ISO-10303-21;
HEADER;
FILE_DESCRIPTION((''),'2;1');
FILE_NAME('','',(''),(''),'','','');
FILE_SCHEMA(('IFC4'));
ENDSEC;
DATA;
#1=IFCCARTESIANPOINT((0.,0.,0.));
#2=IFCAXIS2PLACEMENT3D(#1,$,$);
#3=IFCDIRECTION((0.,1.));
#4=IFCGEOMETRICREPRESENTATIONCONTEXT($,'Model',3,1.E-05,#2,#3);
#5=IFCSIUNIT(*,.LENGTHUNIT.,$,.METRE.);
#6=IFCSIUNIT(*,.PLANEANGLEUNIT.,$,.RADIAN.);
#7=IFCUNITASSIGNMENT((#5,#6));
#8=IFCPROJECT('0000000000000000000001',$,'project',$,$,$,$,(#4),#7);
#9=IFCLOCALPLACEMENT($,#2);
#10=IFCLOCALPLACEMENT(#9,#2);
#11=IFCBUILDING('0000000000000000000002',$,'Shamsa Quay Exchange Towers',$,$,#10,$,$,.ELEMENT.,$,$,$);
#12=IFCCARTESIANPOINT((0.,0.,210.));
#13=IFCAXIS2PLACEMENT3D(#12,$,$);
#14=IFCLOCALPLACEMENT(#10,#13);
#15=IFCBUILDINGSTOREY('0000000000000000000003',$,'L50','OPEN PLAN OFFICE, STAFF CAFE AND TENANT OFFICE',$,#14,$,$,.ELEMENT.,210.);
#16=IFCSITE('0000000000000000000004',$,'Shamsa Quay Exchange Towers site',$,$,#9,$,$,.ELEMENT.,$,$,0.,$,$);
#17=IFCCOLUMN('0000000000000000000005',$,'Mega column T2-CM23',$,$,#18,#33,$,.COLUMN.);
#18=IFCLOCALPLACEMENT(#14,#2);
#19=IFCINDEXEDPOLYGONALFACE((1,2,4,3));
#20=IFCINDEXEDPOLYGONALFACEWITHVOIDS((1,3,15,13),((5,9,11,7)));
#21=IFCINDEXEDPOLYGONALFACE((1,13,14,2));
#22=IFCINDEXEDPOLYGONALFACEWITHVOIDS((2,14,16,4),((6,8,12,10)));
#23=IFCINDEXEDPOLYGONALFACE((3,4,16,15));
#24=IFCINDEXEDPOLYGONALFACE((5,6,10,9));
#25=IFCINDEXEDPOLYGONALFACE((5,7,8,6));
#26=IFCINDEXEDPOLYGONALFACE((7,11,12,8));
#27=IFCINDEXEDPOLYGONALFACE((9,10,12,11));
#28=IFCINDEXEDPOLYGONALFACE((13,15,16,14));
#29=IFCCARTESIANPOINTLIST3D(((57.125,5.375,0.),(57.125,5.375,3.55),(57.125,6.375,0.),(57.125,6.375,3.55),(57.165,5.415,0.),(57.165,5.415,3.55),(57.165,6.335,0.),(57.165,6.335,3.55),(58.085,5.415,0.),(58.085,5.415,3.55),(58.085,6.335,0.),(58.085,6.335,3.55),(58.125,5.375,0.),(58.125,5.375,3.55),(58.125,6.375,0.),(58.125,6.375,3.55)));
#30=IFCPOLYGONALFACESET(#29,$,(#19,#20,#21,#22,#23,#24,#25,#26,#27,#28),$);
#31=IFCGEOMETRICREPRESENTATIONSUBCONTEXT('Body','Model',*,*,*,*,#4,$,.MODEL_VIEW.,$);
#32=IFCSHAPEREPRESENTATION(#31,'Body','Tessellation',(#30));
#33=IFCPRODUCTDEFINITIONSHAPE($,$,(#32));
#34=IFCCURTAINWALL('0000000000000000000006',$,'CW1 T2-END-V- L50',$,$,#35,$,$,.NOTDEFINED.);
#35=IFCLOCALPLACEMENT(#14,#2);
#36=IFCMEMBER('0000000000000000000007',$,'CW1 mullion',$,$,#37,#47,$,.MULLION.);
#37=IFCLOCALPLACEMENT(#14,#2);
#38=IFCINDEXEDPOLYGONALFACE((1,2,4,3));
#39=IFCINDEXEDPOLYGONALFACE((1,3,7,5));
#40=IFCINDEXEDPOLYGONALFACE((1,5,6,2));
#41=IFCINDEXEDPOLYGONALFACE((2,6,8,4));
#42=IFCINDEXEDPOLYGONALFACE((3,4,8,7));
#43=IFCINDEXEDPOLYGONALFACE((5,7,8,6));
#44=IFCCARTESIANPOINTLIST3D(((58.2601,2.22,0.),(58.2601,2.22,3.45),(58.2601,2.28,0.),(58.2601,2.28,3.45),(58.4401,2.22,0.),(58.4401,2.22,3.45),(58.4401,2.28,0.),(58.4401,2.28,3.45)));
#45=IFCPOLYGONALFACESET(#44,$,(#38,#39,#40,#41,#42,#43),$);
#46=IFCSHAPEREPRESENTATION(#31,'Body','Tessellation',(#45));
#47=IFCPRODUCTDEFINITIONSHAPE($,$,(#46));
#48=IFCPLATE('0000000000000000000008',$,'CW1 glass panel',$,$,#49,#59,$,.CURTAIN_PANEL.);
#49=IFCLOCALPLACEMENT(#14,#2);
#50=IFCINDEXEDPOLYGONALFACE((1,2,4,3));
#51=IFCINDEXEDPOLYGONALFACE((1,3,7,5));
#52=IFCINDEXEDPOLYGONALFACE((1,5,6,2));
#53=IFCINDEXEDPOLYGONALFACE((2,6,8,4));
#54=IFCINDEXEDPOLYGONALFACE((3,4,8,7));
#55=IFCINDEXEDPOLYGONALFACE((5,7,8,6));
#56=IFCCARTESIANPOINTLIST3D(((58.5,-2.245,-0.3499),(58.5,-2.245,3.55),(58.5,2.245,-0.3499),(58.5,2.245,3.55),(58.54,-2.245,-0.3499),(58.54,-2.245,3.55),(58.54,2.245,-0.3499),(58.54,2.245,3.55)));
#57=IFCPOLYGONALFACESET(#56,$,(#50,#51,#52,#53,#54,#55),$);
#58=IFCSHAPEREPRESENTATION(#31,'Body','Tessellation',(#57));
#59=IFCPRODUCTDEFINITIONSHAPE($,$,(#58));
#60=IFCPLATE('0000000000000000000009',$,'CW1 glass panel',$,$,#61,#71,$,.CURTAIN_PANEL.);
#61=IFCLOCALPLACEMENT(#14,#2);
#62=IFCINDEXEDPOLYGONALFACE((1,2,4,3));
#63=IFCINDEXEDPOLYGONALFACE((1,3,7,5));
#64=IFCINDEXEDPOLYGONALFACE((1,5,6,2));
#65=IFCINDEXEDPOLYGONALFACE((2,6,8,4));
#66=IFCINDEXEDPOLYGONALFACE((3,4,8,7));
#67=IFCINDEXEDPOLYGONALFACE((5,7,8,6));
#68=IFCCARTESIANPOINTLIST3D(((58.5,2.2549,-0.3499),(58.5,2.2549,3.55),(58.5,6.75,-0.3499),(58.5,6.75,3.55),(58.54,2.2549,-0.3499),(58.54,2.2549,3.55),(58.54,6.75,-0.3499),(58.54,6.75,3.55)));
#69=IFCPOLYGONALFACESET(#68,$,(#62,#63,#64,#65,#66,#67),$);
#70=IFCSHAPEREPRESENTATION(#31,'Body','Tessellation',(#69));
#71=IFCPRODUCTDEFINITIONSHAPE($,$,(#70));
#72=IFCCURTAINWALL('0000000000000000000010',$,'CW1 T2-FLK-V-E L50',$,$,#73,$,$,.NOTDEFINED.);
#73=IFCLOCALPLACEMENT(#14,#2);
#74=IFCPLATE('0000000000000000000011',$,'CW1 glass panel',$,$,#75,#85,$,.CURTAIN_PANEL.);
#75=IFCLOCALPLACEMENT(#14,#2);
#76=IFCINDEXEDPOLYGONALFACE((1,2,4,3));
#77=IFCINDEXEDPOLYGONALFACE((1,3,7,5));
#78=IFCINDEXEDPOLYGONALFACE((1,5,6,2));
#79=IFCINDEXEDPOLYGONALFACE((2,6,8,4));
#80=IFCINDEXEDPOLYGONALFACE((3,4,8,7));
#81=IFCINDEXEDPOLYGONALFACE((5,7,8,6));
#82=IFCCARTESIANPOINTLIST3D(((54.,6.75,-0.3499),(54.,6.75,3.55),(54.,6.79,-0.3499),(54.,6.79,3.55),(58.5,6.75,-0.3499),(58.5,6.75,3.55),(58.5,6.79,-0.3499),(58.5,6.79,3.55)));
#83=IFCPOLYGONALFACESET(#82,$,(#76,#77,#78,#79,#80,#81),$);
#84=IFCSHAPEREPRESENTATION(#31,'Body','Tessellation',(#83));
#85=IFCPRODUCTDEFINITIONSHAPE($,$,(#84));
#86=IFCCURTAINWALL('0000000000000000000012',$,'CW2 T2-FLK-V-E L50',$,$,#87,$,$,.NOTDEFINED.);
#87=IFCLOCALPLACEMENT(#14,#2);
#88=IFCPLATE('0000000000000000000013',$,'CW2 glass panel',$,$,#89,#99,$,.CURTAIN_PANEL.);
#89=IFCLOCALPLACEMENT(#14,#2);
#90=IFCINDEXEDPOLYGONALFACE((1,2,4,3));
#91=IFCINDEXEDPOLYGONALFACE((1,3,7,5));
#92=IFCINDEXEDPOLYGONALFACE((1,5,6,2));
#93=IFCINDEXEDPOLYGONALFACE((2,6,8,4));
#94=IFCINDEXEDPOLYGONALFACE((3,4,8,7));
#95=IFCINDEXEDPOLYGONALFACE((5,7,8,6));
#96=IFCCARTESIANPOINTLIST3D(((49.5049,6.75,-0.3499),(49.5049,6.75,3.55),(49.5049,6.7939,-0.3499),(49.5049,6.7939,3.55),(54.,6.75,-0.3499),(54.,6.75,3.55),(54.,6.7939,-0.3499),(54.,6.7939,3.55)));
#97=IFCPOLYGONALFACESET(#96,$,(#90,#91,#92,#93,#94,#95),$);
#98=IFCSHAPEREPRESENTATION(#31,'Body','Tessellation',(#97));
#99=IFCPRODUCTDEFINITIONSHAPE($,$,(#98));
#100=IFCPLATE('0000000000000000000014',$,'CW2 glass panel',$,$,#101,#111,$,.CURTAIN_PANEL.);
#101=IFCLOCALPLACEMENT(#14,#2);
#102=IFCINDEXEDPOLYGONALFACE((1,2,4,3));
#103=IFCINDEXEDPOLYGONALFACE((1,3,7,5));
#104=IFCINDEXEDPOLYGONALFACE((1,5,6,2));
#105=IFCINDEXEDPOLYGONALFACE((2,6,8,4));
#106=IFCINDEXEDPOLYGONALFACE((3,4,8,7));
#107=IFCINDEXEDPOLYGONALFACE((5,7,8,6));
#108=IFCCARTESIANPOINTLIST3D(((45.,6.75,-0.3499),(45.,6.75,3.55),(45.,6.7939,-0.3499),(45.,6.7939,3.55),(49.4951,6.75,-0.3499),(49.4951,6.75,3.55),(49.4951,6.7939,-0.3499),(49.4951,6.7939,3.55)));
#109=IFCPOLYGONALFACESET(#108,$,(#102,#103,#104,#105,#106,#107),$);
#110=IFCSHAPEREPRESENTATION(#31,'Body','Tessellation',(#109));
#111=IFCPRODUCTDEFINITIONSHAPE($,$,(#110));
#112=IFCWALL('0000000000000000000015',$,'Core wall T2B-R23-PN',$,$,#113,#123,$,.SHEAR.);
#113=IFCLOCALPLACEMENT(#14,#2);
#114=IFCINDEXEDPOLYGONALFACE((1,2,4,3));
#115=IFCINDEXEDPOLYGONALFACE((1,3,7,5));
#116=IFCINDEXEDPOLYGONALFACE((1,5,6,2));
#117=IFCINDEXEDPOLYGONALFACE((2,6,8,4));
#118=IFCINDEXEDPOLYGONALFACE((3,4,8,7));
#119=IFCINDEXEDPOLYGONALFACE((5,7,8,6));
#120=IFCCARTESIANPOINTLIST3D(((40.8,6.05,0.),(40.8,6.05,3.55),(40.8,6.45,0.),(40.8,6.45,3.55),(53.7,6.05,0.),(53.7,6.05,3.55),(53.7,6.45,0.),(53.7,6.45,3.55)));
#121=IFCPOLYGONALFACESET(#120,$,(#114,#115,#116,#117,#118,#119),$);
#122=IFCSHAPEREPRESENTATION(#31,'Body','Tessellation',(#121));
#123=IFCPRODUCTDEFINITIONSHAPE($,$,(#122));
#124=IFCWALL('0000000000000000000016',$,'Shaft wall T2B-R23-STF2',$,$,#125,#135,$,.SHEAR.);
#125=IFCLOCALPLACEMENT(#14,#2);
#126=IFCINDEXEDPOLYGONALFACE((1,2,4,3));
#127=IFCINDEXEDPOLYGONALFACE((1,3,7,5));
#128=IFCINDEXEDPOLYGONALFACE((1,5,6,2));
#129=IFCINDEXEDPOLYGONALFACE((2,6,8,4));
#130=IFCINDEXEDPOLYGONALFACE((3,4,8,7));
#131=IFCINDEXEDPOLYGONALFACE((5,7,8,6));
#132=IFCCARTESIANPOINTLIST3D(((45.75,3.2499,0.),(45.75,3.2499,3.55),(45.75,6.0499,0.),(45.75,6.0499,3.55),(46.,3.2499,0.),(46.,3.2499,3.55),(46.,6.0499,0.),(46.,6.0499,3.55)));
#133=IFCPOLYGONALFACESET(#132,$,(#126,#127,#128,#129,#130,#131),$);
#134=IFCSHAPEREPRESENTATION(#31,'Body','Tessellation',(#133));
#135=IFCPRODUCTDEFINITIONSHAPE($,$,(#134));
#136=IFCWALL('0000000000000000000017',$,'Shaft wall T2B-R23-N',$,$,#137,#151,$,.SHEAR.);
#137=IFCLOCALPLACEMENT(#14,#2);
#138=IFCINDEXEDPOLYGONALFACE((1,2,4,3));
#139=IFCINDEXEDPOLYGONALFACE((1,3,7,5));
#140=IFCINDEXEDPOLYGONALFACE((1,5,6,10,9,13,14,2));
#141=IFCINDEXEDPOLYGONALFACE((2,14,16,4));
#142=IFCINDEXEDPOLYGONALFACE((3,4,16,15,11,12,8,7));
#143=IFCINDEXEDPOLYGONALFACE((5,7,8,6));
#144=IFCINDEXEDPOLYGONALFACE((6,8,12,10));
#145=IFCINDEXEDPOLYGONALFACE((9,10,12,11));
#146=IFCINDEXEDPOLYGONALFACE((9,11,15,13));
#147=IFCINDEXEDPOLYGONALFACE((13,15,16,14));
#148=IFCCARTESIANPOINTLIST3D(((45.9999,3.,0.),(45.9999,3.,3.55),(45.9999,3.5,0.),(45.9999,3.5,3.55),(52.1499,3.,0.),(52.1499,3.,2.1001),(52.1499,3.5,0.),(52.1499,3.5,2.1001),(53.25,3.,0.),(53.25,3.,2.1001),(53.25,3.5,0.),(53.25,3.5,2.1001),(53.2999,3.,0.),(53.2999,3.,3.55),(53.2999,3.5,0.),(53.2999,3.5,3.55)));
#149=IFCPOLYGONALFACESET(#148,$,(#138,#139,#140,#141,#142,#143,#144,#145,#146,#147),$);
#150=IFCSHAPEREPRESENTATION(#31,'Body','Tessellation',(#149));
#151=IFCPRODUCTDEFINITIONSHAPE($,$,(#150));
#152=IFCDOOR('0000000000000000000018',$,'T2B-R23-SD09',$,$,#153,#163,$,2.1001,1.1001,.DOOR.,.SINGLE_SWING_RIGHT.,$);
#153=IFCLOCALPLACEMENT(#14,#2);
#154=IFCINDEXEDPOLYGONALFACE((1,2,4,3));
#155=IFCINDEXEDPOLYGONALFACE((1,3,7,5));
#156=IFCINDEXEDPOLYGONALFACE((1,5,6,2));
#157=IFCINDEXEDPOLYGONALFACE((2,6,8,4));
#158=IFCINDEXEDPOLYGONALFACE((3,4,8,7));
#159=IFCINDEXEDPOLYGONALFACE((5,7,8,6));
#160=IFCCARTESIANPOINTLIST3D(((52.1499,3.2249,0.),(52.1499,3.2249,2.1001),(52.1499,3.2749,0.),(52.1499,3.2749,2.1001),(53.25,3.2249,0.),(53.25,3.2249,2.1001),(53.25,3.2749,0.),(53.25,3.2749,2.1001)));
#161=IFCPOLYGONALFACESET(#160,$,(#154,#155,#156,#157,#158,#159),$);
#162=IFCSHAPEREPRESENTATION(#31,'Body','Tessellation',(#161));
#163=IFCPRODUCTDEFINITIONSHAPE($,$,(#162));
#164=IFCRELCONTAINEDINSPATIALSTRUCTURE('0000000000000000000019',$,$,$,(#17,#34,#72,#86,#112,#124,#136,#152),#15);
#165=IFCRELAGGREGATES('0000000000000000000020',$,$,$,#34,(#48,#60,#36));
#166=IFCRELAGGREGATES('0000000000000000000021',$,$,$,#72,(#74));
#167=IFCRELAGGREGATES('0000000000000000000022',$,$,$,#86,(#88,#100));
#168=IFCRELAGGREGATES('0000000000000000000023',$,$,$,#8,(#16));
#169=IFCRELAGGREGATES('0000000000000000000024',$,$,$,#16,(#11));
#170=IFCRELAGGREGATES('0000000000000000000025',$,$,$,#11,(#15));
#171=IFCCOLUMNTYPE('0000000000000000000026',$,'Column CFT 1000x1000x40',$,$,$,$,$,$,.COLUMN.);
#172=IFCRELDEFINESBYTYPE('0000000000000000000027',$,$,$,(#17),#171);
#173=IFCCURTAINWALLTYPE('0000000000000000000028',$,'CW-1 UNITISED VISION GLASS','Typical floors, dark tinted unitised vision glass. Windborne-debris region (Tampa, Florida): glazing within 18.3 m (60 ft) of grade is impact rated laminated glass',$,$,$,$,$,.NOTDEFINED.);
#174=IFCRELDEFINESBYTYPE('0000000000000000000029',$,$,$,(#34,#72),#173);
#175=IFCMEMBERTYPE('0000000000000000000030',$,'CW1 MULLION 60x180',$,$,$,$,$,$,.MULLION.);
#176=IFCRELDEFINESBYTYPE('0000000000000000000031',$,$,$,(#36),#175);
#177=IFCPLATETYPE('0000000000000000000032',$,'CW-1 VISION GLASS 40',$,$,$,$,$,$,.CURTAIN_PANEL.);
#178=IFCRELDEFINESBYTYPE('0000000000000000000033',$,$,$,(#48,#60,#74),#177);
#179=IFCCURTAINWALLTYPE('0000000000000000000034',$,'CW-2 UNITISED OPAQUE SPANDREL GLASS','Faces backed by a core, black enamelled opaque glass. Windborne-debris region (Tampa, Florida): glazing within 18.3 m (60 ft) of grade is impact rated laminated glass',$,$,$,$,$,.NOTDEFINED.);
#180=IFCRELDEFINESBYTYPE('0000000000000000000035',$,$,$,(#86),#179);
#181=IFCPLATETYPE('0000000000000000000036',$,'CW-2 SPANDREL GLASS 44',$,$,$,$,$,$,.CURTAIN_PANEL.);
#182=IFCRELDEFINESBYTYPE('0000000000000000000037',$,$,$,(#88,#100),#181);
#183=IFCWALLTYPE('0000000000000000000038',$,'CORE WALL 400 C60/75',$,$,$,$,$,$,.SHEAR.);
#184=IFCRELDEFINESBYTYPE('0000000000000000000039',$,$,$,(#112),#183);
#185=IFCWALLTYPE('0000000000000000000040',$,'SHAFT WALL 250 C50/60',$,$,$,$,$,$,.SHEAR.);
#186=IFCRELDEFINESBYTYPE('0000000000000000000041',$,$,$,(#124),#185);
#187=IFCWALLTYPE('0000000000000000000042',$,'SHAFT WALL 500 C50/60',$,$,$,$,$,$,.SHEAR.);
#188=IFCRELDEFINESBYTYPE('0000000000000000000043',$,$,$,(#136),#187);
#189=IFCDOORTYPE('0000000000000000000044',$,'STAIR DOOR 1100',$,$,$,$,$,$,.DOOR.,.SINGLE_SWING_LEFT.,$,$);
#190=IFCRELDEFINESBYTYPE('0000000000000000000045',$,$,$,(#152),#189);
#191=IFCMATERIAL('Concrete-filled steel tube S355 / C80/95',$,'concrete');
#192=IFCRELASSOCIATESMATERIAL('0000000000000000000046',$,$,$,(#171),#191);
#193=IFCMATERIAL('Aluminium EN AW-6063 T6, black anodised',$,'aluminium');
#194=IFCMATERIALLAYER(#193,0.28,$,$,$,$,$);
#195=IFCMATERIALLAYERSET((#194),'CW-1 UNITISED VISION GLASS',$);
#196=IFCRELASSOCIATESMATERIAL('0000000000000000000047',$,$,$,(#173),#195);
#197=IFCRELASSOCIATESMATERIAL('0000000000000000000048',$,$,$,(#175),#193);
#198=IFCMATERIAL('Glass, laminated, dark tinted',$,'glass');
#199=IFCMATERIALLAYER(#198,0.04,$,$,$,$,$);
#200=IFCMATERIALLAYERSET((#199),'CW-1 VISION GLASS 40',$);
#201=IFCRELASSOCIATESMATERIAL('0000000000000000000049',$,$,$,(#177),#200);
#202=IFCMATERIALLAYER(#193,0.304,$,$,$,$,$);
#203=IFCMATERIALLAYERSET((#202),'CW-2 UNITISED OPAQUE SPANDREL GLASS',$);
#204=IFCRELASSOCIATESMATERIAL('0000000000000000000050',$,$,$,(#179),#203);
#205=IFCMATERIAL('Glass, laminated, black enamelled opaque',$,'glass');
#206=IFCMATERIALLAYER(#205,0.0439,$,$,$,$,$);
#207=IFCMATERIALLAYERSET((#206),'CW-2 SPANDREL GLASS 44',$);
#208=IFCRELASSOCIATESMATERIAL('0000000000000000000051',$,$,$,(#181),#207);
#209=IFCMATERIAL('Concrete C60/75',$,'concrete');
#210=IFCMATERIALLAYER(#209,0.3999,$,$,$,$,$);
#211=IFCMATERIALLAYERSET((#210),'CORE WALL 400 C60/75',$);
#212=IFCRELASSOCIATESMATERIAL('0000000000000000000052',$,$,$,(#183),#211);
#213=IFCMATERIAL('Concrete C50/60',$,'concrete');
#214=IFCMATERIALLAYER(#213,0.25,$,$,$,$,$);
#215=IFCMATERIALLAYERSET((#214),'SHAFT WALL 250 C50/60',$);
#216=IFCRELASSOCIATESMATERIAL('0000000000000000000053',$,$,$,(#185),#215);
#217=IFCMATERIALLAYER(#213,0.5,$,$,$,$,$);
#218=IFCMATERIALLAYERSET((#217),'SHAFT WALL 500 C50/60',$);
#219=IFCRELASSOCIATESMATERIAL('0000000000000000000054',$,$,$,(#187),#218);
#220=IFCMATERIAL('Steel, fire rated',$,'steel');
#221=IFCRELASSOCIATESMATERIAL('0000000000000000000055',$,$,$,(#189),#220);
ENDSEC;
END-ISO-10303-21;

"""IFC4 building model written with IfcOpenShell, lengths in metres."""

from ifc_helpers import new_model, si_unit, direction, frame, frame_2d, origin, origin_2d, place, context, subcontext, project, spatial, rectangle, hollow_rectangle, extrude, material, layer, layer_set, material_profile, profile_set, type_object, element, fill, aggregate, save


model = new_model("IFC4")

# Units and contexts
model_context = context("Model", 3, precision=1e-05, world=origin(), true_north=direction((0.0, 1.0)))
body_context = subcontext(model_context, "Body", "Model", "MODEL_VIEW")
ifc_project = project(units=[si_unit("LENGTHUNIT", "METRE"), si_unit("PLANEANGLEUNIT", "RADIAN")], contexts=[model_context])

# Site, building, storey
site_placement = place(None, origin())
site = spatial("IfcSite", under=ifc_project, at=site_placement, Name="Shamsa Quay Exchange Towers site", CompositionType="ELEMENT", RefElevation=0.0)
building_placement = place(site_placement, origin())
building = spatial("IfcBuilding", under=site, at=building_placement, Name="Shamsa Quay Exchange Towers", CompositionType="ELEMENT")
storey_placement = place(building_placement, frame((0.0, 0.0, 210.0)))
storey = spatial("IfcBuildingStorey", under=building, at=storey_placement, Name="L50", Description="OPEN PLAN OFFICE, STAFF CAFE AND TENANT OFFICE", CompositionType="ELEMENT", Elevation=210.0)

# Column
ifc_material_1 = material(Name="Concrete-filled steel tube S355 / C80/95", Category="concrete")
ifc_material_profile_1 = material_profile(ifc_material_1, hollow_rectangle(XDim=1.0, YDim=1.0, WallThickness=0.04, at=origin_2d()), Name="CFT 1000x1000x40")
ifc_profile_set_1 = profile_set([ifc_material_profile_1], Name="Concrete-filled steel tube S355 / C80/95")
column_type = type_object("IfcColumnType", Name="Column CFT 1000x1000x40", PredefinedType="COLUMN", material=ifc_profile_set_1)
column_placement = place(storey_placement, frame((57.625, 5.875, 0.0)))
element("IfcColumn", 1, at=column_placement, inside=storey, type_object=column_type, Name="Mega column T2-CM23", PredefinedType="COLUMN", context=body_context, shape_type="SweptSolid", body=[
    extrude(hollow_rectangle(XDim=1.0, YDim=1.0, WallThickness=0.04, at=origin_2d()), origin(), (0.0, 0.0, 1.0), 3.55),
])

# Curtain wall, member, plates
ifc_material_2 = material(Name="Aluminium EN AW-6063 T6, black anodised", Category="aluminium")
ifc_layer_1 = layer(ifc_material_2, 0.28)
ifc_layer_set_1 = layer_set([ifc_layer_1], Name="CW-1 UNITISED VISION GLASS")
curtain_wall_type_1 = type_object("IfcCurtainWallType", Name="CW-1 UNITISED VISION GLASS", Description="Typical floors, dark tinted unitised vision glass. Windborne-debris region (Tampa, Florida): glazing within 18.3 m (60 ft) of grade is impact rated laminated glass", PredefinedType="NOTDEFINED", material=ifc_layer_set_1)
curtain_wall_1_placement = place(storey_placement, origin())
curtain_wall_1 = element("IfcCurtainWall", 2, at=curtain_wall_1_placement, inside=storey, type_object=curtain_wall_type_1, Name="CW1 T2-END-V- L50", PredefinedType="NOTDEFINED")
ifc_material_profile_2 = material_profile(ifc_material_2, rectangle(XDim=0.1799, YDim=0.0601, at=origin_2d()), Name="MU60x180")
ifc_profile_set_2 = profile_set([ifc_material_profile_2], Name="Aluminium EN AW-6063 T6, black anodised")
member_type = type_object("IfcMemberType", Name="CW1 MULLION 60x180", PredefinedType="MULLION", material=ifc_profile_set_2)
member_placement = place(storey_placement, frame((58.3501, 2.25, 0.0), z_axis=(0.0, 0.0, 1.0), x_axis=(-1.0, 0.0, 0.0)))
member = element("IfcMember", 3, at=member_placement, type_object=member_type, Name="CW1 mullion", PredefinedType="MULLION", context=body_context, shape_type="SweptSolid", body=[
    extrude(rectangle(XDim=0.1799, YDim=0.0601, at=origin_2d()), origin(), (0.0, 0.0, 1.0), 3.45),
])
ifc_material_3 = material(Name="Glass, laminated, dark tinted", Category="glass")
ifc_layer_2 = layer(ifc_material_3, 0.04)
ifc_layer_set_2 = layer_set([ifc_layer_2], Name="CW-1 VISION GLASS 40")
plate_type_1 = type_object("IfcPlateType", Name="CW-1 VISION GLASS 40", PredefinedType="CURTAIN_PANEL", material=ifc_layer_set_2)
plate_1_placement = place(storey_placement, frame((58.52, 0.0, -0.3499), z_axis=(0.0, 0.0, 1.0), x_axis=(0.0, 1.0, 0.0)))
plate_1 = element("IfcPlate", 4, at=plate_1_placement, type_object=plate_type_1, Name="CW1 glass panel", PredefinedType="CURTAIN_PANEL", context=body_context, shape_type="SweptSolid", body=[
    extrude(rectangle(XDim=4.49, YDim=0.04, at=origin_2d()), origin(), (0.0, 0.0, 1.0), 3.8999),
])
plate_2_placement = place(storey_placement, frame((58.52, 4.5024, -0.3499), z_axis=(0.0, 0.0, 1.0), x_axis=(0.0, 1.0, 0.0)))
plate_2 = element("IfcPlate", 5, at=plate_2_placement, type_object=plate_type_1, Name="CW1 glass panel", PredefinedType="CURTAIN_PANEL", context=body_context, shape_type="SweptSolid", body=[
    extrude(rectangle(XDim=4.4951, YDim=0.04, at=origin_2d()), origin(), (0.0, 0.0, 1.0), 3.8999),
])
aggregate(curtain_wall_1, [plate_1, plate_2, member])

# Curtain wall, plate
curtain_wall_2_placement = place(storey_placement, origin())
curtain_wall_2 = element("IfcCurtainWall", 6, at=curtain_wall_2_placement, inside=storey, type_object=curtain_wall_type_1, Name="CW1 T2-FLK-V-E L50", PredefinedType="NOTDEFINED")
plate_3_placement = place(storey_placement, frame((56.25, 6.77, -0.3499), z_axis=(0.0, 0.0, 1.0), x_axis=(-1.0, 0.0, 0.0)))
plate_3 = element("IfcPlate", 7, at=plate_3_placement, type_object=plate_type_1, Name="CW1 glass panel", PredefinedType="CURTAIN_PANEL", context=body_context, shape_type="SweptSolid", body=[
    extrude(rectangle(XDim=4.5, YDim=0.04, at=origin_2d()), origin(), (0.0, 0.0, 1.0), 3.8999),
])
aggregate(curtain_wall_2, [plate_3])

# Curtain wall, plates
ifc_layer_3 = layer(ifc_material_2, 0.304)
ifc_layer_set_3 = layer_set([ifc_layer_3], Name="CW-2 UNITISED OPAQUE SPANDREL GLASS")
curtain_wall_type_2 = type_object("IfcCurtainWallType", Name="CW-2 UNITISED OPAQUE SPANDREL GLASS", Description="Faces backed by a core, black enamelled opaque glass. Windborne-debris region (Tampa, Florida): glazing within 18.3 m (60 ft) of grade is impact rated laminated glass", PredefinedType="NOTDEFINED", material=ifc_layer_set_3)
curtain_wall_3_placement = place(storey_placement, origin())
curtain_wall_3 = element("IfcCurtainWall", 8, at=curtain_wall_3_placement, inside=storey, type_object=curtain_wall_type_2, Name="CW2 T2-FLK-V-E L50", PredefinedType="NOTDEFINED")
ifc_material_4 = material(Name="Glass, laminated, black enamelled opaque", Category="glass")
ifc_layer_4 = layer(ifc_material_4, 0.0439)
ifc_layer_set_4 = layer_set([ifc_layer_4], Name="CW-2 SPANDREL GLASS 44")
plate_type_2 = type_object("IfcPlateType", Name="CW-2 SPANDREL GLASS 44", PredefinedType="CURTAIN_PANEL", material=ifc_layer_set_4)
plate_4_placement = place(storey_placement, frame((51.7524, 6.772, -0.3499), z_axis=(0.0, 0.0, 1.0), x_axis=(-1.0, 0.0, 0.0)))
plate_4 = element("IfcPlate", 9, at=plate_4_placement, type_object=plate_type_2, Name="CW2 glass panel", PredefinedType="CURTAIN_PANEL", context=body_context, shape_type="SweptSolid", body=[
    extrude(rectangle(XDim=4.4951, YDim=0.0439, at=origin_2d()), origin(), (0.0, 0.0, 1.0), 3.8999),
])
plate_5_placement = place(storey_placement, frame((47.2476, 6.772, -0.3499), z_axis=(0.0, 0.0, 1.0), x_axis=(-1.0, 0.0, 0.0)))
plate_5 = element("IfcPlate", 10, at=plate_5_placement, type_object=plate_type_2, Name="CW2 glass panel", PredefinedType="CURTAIN_PANEL", context=body_context, shape_type="SweptSolid", body=[
    extrude(rectangle(XDim=4.4951, YDim=0.0439, at=origin_2d()), origin(), (0.0, 0.0, 1.0), 3.8999),
])
aggregate(curtain_wall_3, [plate_4, plate_5])

# Walls
ifc_material_5 = material(Name="Concrete C60/75", Category="concrete")
ifc_layer_5 = layer(ifc_material_5, 0.3999)
ifc_layer_set_5 = layer_set([ifc_layer_5], Name="CORE WALL 400 C60/75")
wall_type_1 = type_object("IfcWallType", Name="CORE WALL 400 C60/75", PredefinedType="SHEAR", material=ifc_layer_set_5)
wall_1_placement = place(storey_placement, frame((53.7, 6.25, 0.0), z_axis=(0.0, 0.0, 1.0), x_axis=(-1.0, 0.0, 0.0)))
element("IfcWall", 11, at=wall_1_placement, inside=storey, type_object=wall_type_1, Name="Core wall T2B-R23-PN", PredefinedType="SHEAR", context=body_context, shape_type="SweptSolid", body=[
    extrude(rectangle(XDim=12.8999, YDim=0.3999, at=frame_2d((6.45, 0.0))), origin(), (0.0, 0.0, 1.0), 3.55),
])
ifc_material_6 = material(Name="Concrete C50/60", Category="concrete")
ifc_layer_6 = layer(ifc_material_6, 0.25)
ifc_layer_set_6 = layer_set([ifc_layer_6], Name="SHAFT WALL 250 C50/60")
wall_type_2 = type_object("IfcWallType", Name="SHAFT WALL 250 C50/60", PredefinedType="SHEAR", material=ifc_layer_set_6)
wall_2_placement = place(storey_placement, frame((45.875, 3.25, 0.0), z_axis=(0.0, 0.0, 1.0), x_axis=(0.0, 1.0, 0.0)))
element("IfcWall", 12, at=wall_2_placement, inside=storey, type_object=wall_type_2, Name="Shaft wall T2B-R23-STF2", PredefinedType="SHEAR", context=body_context, shape_type="SweptSolid", body=[
    extrude(rectangle(XDim=2.8, YDim=0.25, at=frame_2d((1.3999, 0.0))), origin(), (0.0, 0.0, 1.0), 3.55),
])

# Wall, opening, door
ifc_layer_7 = layer(ifc_material_6, 0.5)
ifc_layer_set_7 = layer_set([ifc_layer_7], Name="SHAFT WALL 500 C50/60")
wall_type_3 = type_object("IfcWallType", Name="SHAFT WALL 500 C50/60", PredefinedType="SHEAR", material=ifc_layer_set_7)
wall_3_placement = place(storey_placement, frame((46.0, 3.25, 0.0)))
wall_3 = element("IfcWall", 13, at=wall_3_placement, inside=storey, type_object=wall_type_3, Name="Shaft wall T2B-R23-N", PredefinedType="SHEAR", context=body_context, shape_type="SweptSolid", body=[
    extrude(rectangle(XDim=7.3, YDim=0.5, at=frame_2d((3.6499, 0.0))), origin(), (0.0, 0.0, 1.0), 3.55),
])
opening_1_placement = place(wall_3_placement, frame((6.1499, 0.0, 0.0)))
opening_1 = element("IfcOpeningElement", 14, at=opening_1_placement, cuts=wall_3, PredefinedType="OPENING", context=body_context, shape_type="SweptSolid", body=[
    extrude(rectangle(XDim=1.1001, YDim=2.1001, at=frame_2d((0.55, 1.05))), frame((0.0, 0.26, 0.0), z_axis=(0.0, -1.0, 0.0), x_axis=(1.0, 0.0, 0.0)), (0.0, 0.0, 1.0), 0.52),
])
ifc_material_7 = material(Name="Steel, fire rated", Category="steel")
door_type_1 = type_object("IfcDoorType", Name="STAIR DOOR 1100", OperationType="SINGLE_SWING_LEFT", PredefinedType="DOOR", material=ifc_material_7)
door_1_placement = place(opening_1_placement, origin())
door_1 = element("IfcDoor", 15, at=door_1_placement, inside=storey, type_object=door_type_1, Name="T2B-R23-SD09", OperationType="SINGLE_SWING_RIGHT", OverallHeight=2.1001, OverallWidth=1.1001, PredefinedType="DOOR", context=body_context, shape_type="SweptSolid", body=[
    extrude(rectangle(XDim=1.1001, YDim=2.1001, at=frame_2d((0.55, 1.05))), frame((0.0, 0.0249, 0.0), z_axis=(0.0, -1.0, 0.0), x_axis=(1.0, 0.0, 0.0)), (0.0, 0.0, 1.0), 0.05),
])
fill(opening_1, door_1)

save(model, "model.ifc")
